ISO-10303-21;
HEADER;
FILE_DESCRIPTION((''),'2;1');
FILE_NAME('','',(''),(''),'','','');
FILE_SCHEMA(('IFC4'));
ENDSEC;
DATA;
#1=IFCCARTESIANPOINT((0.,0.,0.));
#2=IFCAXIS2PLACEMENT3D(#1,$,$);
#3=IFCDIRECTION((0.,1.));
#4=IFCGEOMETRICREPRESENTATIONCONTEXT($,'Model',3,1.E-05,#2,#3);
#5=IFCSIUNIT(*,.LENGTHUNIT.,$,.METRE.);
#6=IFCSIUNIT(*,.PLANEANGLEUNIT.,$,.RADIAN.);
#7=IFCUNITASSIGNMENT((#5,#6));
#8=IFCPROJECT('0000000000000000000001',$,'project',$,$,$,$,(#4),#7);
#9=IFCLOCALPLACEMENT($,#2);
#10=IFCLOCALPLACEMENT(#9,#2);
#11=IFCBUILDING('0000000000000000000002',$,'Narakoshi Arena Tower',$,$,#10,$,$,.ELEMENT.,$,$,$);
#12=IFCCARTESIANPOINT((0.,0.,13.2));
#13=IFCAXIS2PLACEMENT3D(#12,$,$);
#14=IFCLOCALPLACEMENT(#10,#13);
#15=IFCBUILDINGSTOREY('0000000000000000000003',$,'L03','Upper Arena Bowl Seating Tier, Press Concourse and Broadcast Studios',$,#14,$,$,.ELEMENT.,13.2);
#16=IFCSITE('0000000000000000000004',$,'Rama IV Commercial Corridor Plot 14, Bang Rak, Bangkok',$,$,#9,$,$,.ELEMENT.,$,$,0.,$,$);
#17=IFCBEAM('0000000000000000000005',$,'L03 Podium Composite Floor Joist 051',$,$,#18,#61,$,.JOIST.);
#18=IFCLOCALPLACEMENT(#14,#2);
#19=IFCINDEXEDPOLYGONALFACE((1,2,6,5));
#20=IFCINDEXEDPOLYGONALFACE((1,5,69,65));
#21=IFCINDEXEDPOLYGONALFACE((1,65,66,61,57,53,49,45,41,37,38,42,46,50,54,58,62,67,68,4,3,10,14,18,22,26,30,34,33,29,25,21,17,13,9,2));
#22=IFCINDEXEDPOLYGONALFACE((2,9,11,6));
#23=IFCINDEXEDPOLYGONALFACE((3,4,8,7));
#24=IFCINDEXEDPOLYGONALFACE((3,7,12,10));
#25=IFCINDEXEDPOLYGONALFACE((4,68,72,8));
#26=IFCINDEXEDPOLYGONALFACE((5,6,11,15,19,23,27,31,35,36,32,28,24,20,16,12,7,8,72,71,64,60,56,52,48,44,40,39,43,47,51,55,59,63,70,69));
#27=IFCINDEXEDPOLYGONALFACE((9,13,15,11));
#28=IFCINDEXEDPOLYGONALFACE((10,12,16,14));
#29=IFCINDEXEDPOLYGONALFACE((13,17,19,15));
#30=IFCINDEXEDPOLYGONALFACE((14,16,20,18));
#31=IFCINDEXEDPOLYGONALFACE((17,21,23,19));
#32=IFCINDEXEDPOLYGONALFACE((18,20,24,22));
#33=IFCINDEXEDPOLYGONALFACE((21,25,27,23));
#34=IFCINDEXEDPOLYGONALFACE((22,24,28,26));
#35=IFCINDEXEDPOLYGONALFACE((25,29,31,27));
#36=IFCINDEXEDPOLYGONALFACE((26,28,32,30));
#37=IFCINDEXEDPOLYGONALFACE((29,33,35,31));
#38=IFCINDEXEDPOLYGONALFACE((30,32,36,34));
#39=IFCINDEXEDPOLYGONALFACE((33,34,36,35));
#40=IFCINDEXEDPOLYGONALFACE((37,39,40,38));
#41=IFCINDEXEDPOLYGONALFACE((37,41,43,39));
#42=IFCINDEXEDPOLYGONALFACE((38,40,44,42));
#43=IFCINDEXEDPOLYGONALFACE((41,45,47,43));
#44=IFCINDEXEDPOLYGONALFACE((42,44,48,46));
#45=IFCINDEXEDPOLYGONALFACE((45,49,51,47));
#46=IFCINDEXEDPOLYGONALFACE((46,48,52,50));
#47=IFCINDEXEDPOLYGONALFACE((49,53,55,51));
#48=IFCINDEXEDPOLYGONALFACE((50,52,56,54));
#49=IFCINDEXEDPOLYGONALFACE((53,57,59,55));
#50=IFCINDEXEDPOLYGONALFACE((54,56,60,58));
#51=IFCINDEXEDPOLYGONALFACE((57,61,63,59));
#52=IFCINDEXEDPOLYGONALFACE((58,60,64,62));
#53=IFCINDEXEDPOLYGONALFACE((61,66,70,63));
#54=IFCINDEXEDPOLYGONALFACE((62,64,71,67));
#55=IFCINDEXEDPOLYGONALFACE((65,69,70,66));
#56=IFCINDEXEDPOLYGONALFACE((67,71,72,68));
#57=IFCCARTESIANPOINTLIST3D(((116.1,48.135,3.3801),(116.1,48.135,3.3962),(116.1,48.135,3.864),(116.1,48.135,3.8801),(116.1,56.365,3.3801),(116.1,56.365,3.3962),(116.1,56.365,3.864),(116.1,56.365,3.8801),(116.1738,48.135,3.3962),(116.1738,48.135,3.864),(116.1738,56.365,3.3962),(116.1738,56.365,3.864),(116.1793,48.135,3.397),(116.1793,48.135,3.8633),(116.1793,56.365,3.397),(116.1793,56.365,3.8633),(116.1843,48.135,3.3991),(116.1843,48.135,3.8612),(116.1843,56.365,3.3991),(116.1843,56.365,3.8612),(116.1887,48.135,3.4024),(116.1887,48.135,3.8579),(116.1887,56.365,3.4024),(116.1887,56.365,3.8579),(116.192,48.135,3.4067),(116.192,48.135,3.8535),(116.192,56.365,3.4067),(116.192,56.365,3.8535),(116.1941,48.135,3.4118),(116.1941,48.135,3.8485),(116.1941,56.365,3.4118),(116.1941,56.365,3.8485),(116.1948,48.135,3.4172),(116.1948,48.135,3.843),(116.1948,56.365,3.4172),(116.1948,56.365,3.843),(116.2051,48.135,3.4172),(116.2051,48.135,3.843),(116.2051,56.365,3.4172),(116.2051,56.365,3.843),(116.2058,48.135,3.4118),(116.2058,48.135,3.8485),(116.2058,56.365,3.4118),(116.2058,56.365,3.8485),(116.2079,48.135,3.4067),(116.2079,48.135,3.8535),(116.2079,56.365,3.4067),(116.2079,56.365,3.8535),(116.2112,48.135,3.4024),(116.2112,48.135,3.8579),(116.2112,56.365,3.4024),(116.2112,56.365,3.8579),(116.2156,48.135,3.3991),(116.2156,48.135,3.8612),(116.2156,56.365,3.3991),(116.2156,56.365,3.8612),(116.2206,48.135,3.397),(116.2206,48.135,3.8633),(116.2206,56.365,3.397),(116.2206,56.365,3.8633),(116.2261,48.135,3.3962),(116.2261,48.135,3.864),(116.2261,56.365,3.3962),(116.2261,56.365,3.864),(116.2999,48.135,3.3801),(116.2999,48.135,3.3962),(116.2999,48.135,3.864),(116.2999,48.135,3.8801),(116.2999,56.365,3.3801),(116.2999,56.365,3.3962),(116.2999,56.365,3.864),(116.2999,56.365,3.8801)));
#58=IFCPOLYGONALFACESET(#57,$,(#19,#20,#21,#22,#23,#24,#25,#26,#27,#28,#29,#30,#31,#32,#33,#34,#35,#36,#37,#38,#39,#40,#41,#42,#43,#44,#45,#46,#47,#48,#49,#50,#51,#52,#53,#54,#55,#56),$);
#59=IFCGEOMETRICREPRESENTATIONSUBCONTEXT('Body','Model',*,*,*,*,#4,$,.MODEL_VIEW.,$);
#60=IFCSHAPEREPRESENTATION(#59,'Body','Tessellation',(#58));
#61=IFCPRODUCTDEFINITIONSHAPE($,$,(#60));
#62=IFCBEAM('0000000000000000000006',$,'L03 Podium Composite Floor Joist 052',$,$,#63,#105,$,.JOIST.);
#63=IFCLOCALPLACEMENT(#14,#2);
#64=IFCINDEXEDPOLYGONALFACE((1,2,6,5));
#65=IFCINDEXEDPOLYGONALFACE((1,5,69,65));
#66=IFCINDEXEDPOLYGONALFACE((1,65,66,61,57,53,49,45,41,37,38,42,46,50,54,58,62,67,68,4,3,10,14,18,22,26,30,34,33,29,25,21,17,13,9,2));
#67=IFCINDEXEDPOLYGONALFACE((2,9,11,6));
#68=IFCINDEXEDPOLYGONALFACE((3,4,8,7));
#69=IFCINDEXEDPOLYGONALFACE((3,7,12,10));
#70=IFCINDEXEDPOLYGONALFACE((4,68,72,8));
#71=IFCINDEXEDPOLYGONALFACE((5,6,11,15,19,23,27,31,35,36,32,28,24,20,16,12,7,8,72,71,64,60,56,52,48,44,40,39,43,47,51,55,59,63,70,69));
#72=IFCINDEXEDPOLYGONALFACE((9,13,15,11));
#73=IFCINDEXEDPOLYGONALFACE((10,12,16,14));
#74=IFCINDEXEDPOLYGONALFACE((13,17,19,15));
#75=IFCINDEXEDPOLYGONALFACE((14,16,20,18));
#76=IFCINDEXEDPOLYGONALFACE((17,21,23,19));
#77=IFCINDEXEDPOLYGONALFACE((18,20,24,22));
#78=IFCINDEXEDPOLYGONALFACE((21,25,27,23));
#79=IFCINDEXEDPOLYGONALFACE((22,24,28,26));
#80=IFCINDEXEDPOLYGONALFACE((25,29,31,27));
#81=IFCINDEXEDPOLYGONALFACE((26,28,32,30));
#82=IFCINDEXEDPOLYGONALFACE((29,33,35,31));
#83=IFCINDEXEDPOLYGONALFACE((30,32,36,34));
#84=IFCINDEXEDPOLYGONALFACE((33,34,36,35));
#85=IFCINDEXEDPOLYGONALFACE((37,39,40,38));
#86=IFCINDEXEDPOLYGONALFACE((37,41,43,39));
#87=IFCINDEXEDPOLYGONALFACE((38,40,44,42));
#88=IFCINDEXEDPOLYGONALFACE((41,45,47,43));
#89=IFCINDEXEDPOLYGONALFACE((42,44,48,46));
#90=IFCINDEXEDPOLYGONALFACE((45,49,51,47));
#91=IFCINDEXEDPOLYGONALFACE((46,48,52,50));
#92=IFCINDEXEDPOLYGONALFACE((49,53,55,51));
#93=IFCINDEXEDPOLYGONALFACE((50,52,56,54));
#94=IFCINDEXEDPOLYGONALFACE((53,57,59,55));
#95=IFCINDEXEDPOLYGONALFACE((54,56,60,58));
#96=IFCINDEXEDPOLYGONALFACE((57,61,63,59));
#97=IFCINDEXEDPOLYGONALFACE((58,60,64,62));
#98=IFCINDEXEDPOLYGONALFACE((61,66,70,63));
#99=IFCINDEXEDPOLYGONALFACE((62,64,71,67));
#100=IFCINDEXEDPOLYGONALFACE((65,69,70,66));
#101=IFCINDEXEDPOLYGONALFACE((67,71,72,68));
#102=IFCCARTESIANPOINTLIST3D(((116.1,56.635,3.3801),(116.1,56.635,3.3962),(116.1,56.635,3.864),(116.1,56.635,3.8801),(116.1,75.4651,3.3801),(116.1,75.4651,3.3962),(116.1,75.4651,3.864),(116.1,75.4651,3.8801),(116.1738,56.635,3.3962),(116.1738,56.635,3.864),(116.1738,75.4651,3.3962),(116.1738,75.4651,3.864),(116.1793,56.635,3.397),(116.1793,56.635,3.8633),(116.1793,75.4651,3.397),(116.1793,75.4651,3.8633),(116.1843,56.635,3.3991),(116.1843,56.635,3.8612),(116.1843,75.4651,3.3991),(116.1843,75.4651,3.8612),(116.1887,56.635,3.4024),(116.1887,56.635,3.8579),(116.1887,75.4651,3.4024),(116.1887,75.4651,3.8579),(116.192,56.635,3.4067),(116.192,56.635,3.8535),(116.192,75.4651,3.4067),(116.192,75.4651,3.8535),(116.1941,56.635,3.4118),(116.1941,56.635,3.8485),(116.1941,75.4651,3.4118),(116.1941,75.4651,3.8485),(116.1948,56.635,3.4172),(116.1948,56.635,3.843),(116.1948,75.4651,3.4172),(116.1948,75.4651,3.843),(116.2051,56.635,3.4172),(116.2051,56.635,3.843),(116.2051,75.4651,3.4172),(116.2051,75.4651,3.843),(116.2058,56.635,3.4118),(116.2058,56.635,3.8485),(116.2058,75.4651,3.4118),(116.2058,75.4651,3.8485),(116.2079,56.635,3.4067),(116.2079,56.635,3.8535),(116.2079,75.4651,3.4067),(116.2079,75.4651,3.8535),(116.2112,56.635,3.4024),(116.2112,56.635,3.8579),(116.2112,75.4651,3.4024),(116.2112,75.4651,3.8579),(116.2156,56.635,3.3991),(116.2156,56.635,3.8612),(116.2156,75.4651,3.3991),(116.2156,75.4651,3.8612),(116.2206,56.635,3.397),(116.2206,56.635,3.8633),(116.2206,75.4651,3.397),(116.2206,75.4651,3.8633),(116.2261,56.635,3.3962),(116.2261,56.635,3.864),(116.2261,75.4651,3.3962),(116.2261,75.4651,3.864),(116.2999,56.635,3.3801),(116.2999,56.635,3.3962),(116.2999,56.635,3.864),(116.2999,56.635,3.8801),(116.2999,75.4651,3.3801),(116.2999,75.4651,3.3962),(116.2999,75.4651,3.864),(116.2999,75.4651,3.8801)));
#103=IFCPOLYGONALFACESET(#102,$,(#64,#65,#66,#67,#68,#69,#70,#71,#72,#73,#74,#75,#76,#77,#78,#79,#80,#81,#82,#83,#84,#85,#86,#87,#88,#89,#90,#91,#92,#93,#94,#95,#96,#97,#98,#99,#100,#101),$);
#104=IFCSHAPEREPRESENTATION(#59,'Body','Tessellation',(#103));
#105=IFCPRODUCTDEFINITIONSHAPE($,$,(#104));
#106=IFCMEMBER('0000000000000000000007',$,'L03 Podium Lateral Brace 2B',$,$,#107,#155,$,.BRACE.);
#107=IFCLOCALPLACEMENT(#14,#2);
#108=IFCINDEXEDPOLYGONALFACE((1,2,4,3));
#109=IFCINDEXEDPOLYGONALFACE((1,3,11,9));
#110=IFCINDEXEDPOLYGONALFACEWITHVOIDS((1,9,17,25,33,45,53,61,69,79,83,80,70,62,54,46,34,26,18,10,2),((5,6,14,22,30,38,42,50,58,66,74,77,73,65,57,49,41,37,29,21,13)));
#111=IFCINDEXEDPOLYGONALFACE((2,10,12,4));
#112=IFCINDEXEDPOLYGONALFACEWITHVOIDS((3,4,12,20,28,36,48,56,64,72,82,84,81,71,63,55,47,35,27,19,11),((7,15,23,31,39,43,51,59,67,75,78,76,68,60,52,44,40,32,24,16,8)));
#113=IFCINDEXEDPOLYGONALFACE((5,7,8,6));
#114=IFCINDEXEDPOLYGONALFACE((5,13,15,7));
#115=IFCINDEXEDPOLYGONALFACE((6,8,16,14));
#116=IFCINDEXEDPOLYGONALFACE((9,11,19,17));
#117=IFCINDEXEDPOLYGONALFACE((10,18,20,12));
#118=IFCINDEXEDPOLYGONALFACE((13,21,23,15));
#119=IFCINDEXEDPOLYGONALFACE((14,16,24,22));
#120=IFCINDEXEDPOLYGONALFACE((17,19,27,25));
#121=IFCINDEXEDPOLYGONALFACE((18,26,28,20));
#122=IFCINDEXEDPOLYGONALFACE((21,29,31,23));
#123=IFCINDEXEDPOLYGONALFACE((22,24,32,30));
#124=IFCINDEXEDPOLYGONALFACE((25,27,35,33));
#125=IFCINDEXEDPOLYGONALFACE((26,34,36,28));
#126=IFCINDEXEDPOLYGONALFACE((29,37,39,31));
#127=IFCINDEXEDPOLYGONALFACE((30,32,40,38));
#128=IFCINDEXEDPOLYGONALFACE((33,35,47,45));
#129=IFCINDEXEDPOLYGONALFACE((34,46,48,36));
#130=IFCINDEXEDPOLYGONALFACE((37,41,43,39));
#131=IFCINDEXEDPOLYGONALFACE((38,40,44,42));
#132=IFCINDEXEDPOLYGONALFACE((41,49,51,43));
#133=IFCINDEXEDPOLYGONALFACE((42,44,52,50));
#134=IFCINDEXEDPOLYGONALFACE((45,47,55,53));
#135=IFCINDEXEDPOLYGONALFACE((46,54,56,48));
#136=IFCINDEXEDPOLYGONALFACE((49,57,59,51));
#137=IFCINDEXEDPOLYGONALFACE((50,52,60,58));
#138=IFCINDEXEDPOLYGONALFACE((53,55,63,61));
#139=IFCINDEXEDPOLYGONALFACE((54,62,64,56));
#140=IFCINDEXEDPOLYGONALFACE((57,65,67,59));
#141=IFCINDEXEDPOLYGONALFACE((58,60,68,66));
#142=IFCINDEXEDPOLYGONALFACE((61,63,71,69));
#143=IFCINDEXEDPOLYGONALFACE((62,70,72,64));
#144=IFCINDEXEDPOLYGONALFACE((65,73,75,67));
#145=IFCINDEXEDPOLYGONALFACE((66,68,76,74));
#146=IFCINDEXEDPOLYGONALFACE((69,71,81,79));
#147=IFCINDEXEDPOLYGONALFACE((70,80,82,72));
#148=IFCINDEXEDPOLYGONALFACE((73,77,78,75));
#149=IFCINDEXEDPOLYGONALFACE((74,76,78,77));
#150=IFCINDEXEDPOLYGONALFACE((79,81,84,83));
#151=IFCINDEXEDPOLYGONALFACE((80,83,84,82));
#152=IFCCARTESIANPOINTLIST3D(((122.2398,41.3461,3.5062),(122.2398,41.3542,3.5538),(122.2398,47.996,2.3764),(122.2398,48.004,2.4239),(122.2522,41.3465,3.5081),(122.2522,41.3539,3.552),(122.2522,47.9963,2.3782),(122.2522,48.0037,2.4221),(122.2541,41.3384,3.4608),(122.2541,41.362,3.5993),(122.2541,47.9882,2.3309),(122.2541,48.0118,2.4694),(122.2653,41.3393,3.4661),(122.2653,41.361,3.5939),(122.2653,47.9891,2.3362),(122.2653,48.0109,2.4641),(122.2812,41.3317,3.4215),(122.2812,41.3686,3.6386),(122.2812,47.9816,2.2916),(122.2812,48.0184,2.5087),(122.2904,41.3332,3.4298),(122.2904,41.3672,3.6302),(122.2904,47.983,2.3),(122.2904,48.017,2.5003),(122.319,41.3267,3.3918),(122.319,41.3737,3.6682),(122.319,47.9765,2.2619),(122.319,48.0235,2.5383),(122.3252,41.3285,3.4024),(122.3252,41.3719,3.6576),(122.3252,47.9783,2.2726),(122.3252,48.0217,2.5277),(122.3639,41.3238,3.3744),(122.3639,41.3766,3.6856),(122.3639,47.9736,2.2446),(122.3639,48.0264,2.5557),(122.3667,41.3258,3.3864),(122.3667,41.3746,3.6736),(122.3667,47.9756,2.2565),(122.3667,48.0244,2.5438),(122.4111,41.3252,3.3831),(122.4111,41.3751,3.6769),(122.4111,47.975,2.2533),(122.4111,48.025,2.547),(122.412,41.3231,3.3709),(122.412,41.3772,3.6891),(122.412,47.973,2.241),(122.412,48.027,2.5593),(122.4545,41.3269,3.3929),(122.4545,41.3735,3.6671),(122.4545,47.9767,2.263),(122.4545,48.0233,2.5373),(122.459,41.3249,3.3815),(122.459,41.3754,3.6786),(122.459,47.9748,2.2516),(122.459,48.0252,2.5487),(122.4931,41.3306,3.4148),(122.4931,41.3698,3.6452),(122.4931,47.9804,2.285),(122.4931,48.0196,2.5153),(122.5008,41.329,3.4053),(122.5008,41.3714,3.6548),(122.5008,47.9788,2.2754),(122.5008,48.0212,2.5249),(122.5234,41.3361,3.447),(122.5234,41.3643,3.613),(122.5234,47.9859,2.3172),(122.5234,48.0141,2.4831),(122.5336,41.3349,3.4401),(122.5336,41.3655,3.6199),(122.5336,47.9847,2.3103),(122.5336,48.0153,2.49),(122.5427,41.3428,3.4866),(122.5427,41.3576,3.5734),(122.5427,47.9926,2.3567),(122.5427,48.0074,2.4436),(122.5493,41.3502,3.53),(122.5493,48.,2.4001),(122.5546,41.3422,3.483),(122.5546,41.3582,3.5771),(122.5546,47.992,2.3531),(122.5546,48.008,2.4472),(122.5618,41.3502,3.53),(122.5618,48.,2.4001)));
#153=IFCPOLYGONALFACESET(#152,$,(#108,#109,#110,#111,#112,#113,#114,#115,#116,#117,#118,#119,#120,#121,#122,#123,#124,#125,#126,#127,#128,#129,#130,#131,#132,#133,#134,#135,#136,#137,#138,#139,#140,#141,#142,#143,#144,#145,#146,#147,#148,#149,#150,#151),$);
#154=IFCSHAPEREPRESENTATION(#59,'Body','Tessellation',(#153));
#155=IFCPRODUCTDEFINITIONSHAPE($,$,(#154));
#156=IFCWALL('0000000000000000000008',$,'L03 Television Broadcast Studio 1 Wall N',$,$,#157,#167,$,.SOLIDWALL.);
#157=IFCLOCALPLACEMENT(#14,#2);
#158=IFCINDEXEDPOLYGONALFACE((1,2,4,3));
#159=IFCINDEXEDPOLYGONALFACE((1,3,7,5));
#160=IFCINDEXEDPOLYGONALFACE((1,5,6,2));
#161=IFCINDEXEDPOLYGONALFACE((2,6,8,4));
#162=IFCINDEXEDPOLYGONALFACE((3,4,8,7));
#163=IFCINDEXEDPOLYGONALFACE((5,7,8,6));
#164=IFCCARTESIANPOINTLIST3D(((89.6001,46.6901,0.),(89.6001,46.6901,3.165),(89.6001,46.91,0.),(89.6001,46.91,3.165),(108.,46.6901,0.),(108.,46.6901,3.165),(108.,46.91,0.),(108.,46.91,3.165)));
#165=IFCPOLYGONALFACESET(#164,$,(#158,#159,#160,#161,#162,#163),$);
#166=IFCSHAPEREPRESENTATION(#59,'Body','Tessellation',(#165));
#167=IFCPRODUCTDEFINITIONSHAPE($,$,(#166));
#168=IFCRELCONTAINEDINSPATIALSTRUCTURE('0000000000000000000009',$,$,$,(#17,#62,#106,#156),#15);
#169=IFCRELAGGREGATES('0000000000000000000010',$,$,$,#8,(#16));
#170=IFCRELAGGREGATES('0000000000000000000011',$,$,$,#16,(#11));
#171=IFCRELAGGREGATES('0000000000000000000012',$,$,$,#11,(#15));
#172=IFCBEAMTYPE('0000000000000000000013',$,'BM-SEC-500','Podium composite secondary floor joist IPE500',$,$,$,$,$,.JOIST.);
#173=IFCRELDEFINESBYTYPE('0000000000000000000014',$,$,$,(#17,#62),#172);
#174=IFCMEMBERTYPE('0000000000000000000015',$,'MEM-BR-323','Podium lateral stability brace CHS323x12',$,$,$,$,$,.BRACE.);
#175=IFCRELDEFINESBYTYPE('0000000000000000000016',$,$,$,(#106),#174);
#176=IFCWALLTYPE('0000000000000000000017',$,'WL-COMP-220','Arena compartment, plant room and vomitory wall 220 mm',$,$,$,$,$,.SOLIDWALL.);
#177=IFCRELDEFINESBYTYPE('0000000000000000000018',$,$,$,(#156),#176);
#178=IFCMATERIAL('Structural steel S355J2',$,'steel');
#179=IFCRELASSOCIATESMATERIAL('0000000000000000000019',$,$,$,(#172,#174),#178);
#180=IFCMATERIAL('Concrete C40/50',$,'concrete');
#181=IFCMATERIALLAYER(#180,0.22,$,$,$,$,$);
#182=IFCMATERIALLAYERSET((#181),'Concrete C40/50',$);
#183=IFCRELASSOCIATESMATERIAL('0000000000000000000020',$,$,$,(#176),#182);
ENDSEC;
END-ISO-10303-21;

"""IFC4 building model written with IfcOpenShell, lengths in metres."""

from ifc_helpers import new_model, si_unit, direction, frame, frame_2d, origin, origin_2d, place, context, subcontext, project, spatial, rectangle, hollow_circle, i_section, extrude, material, layer, layer_set, material_profile, profile_set, type_object, element, save


model = new_model("IFC4")

# Units and contexts
model_context = context("Model", 3, precision=1e-05, world=origin(), true_north=direction((0.0, 1.0)))
body_context = subcontext(model_context, "Body", "Model", "MODEL_VIEW")
ifc_project = project(units=[si_unit("LENGTHUNIT", "METRE"), si_unit("PLANEANGLEUNIT", "RADIAN")], contexts=[model_context])

# Site, building, storey
site_placement = place(None, origin())
site = spatial("IfcSite", under=ifc_project, at=site_placement, Name="Rama IV Commercial Corridor Plot 14, Bang Rak, Bangkok", CompositionType="ELEMENT", RefElevation=0.0)
building_placement = place(site_placement, origin())
building = spatial("IfcBuilding", under=site, at=building_placement, Name="Narakoshi Arena Tower", CompositionType="ELEMENT")
storey_placement = place(building_placement, frame((0.0, 0.0, 13.2)))
storey = spatial("IfcBuildingStorey", under=building, at=storey_placement, Name="L03", Description="Upper Arena Bowl Seating Tier, Press Concourse and Broadcast Studios", CompositionType="ELEMENT", Elevation=13.2)

# Beams
ifc_material_1 = material(Name="Structural steel S355J2", Category="steel")
ifc_material_profile_1 = material_profile(ifc_material_1, i_section(OverallWidth=0.2, OverallDepth=0.5, WebThickness=0.0103, FlangeThickness=0.0161, FilletRadius=0.021, at=origin_2d()), Name="IPE500")
ifc_profile_set_1 = profile_set([ifc_material_profile_1], Name="Structural steel S355J2")
beam_type_1 = type_object("IfcBeamType", Name="BM-SEC-500", Description="Podium composite secondary floor joist IPE500", PredefinedType="JOIST", material=ifc_profile_set_1)
beam_1_placement = place(storey_placement, frame((116.2, 48.135, 3.6301), z_axis=(0.0, 1.0, 0.0), x_axis=(-1.0, 0.0, 0.0)))
element("IfcBeam", 1, at=beam_1_placement, inside=storey, type_object=beam_type_1, Name="L03 Podium Composite Floor Joist 051", PredefinedType="JOIST", context=body_context, shape_type="SweptSolid", body=[
    extrude(i_section(OverallWidth=0.2, OverallDepth=0.5, WebThickness=0.0103, FlangeThickness=0.0161, FilletRadius=0.021, at=origin_2d()), origin(), (0.0, 0.0, 1.0), 8.23),
])
beam_2_placement = place(storey_placement, frame((116.2, 56.635, 3.6301), z_axis=(0.0, 1.0, 0.0), x_axis=(-1.0, 0.0, 0.0)))
element("IfcBeam", 2, at=beam_2_placement, inside=storey, type_object=beam_type_1, Name="L03 Podium Composite Floor Joist 052", PredefinedType="JOIST", context=body_context, shape_type="SweptSolid", body=[
    extrude(i_section(OverallWidth=0.2, OverallDepth=0.5, WebThickness=0.0103, FlangeThickness=0.0161, FilletRadius=0.021, at=origin_2d()), origin(), (0.0, 0.0, 1.0), 18.8301),
])

# Member
ifc_material_profile_2 = material_profile(ifc_material_1, hollow_circle(Radius=0.1619, WallThickness=0.0125, at=origin_2d()), Name="CHS323x12")
ifc_profile_set_2 = profile_set([ifc_material_profile_2], Name="Structural steel S355J2")
member_type = type_object("IfcMemberType", Name="MEM-BR-323", Description="Podium lateral stability brace CHS323x12", PredefinedType="BRACE", material=ifc_profile_set_2)
member_placement = place(storey_placement, frame((122.3999, 48.0, 2.4001), z_axis=(0.0, -0.985871, 0.167509), x_axis=(1.0, 0.0, 0.0)))
element("IfcMember", 3, at=member_placement, inside=storey, type_object=member_type, Name="L03 Podium Lateral Brace 2B", PredefinedType="BRACE", context=body_context, shape_type="SweptSolid", body=[
    extrude(hollow_circle(Radius=0.1619, WallThickness=0.0125, at=origin_2d()), origin(), (0.0, 0.0, 1.0), 6.7451),
])

# Wall
ifc_material_2 = material(Name="Concrete C40/50", Category="concrete")
ifc_layer_1 = layer(ifc_material_2, 0.22)
ifc_layer_set_1 = layer_set([ifc_layer_1], Name="Concrete C40/50")
wall_type_1 = type_object("IfcWallType", Name="WL-COMP-220", Description="Arena compartment, plant room and vomitory wall 220 mm", PredefinedType="SOLIDWALL", material=ifc_layer_set_1)
wall_1_placement = place(storey_placement, frame((108.0, 46.8, 0.0), z_axis=(0.0, 0.0, 1.0), x_axis=(-1.0, 0.0, 0.0)))
element("IfcWall", 4, at=wall_1_placement, inside=storey, type_object=wall_type_1, Name="L03 Television Broadcast Studio 1 Wall N", PredefinedType="SOLIDWALL", context=body_context, shape_type="SweptSolid", body=[
    extrude(rectangle(XDim=18.3999, YDim=0.22, at=frame_2d((9.2, 0.0))), origin(), (0.0, 0.0, 1.0), 3.165),
])

save(model, "model.ifc")
